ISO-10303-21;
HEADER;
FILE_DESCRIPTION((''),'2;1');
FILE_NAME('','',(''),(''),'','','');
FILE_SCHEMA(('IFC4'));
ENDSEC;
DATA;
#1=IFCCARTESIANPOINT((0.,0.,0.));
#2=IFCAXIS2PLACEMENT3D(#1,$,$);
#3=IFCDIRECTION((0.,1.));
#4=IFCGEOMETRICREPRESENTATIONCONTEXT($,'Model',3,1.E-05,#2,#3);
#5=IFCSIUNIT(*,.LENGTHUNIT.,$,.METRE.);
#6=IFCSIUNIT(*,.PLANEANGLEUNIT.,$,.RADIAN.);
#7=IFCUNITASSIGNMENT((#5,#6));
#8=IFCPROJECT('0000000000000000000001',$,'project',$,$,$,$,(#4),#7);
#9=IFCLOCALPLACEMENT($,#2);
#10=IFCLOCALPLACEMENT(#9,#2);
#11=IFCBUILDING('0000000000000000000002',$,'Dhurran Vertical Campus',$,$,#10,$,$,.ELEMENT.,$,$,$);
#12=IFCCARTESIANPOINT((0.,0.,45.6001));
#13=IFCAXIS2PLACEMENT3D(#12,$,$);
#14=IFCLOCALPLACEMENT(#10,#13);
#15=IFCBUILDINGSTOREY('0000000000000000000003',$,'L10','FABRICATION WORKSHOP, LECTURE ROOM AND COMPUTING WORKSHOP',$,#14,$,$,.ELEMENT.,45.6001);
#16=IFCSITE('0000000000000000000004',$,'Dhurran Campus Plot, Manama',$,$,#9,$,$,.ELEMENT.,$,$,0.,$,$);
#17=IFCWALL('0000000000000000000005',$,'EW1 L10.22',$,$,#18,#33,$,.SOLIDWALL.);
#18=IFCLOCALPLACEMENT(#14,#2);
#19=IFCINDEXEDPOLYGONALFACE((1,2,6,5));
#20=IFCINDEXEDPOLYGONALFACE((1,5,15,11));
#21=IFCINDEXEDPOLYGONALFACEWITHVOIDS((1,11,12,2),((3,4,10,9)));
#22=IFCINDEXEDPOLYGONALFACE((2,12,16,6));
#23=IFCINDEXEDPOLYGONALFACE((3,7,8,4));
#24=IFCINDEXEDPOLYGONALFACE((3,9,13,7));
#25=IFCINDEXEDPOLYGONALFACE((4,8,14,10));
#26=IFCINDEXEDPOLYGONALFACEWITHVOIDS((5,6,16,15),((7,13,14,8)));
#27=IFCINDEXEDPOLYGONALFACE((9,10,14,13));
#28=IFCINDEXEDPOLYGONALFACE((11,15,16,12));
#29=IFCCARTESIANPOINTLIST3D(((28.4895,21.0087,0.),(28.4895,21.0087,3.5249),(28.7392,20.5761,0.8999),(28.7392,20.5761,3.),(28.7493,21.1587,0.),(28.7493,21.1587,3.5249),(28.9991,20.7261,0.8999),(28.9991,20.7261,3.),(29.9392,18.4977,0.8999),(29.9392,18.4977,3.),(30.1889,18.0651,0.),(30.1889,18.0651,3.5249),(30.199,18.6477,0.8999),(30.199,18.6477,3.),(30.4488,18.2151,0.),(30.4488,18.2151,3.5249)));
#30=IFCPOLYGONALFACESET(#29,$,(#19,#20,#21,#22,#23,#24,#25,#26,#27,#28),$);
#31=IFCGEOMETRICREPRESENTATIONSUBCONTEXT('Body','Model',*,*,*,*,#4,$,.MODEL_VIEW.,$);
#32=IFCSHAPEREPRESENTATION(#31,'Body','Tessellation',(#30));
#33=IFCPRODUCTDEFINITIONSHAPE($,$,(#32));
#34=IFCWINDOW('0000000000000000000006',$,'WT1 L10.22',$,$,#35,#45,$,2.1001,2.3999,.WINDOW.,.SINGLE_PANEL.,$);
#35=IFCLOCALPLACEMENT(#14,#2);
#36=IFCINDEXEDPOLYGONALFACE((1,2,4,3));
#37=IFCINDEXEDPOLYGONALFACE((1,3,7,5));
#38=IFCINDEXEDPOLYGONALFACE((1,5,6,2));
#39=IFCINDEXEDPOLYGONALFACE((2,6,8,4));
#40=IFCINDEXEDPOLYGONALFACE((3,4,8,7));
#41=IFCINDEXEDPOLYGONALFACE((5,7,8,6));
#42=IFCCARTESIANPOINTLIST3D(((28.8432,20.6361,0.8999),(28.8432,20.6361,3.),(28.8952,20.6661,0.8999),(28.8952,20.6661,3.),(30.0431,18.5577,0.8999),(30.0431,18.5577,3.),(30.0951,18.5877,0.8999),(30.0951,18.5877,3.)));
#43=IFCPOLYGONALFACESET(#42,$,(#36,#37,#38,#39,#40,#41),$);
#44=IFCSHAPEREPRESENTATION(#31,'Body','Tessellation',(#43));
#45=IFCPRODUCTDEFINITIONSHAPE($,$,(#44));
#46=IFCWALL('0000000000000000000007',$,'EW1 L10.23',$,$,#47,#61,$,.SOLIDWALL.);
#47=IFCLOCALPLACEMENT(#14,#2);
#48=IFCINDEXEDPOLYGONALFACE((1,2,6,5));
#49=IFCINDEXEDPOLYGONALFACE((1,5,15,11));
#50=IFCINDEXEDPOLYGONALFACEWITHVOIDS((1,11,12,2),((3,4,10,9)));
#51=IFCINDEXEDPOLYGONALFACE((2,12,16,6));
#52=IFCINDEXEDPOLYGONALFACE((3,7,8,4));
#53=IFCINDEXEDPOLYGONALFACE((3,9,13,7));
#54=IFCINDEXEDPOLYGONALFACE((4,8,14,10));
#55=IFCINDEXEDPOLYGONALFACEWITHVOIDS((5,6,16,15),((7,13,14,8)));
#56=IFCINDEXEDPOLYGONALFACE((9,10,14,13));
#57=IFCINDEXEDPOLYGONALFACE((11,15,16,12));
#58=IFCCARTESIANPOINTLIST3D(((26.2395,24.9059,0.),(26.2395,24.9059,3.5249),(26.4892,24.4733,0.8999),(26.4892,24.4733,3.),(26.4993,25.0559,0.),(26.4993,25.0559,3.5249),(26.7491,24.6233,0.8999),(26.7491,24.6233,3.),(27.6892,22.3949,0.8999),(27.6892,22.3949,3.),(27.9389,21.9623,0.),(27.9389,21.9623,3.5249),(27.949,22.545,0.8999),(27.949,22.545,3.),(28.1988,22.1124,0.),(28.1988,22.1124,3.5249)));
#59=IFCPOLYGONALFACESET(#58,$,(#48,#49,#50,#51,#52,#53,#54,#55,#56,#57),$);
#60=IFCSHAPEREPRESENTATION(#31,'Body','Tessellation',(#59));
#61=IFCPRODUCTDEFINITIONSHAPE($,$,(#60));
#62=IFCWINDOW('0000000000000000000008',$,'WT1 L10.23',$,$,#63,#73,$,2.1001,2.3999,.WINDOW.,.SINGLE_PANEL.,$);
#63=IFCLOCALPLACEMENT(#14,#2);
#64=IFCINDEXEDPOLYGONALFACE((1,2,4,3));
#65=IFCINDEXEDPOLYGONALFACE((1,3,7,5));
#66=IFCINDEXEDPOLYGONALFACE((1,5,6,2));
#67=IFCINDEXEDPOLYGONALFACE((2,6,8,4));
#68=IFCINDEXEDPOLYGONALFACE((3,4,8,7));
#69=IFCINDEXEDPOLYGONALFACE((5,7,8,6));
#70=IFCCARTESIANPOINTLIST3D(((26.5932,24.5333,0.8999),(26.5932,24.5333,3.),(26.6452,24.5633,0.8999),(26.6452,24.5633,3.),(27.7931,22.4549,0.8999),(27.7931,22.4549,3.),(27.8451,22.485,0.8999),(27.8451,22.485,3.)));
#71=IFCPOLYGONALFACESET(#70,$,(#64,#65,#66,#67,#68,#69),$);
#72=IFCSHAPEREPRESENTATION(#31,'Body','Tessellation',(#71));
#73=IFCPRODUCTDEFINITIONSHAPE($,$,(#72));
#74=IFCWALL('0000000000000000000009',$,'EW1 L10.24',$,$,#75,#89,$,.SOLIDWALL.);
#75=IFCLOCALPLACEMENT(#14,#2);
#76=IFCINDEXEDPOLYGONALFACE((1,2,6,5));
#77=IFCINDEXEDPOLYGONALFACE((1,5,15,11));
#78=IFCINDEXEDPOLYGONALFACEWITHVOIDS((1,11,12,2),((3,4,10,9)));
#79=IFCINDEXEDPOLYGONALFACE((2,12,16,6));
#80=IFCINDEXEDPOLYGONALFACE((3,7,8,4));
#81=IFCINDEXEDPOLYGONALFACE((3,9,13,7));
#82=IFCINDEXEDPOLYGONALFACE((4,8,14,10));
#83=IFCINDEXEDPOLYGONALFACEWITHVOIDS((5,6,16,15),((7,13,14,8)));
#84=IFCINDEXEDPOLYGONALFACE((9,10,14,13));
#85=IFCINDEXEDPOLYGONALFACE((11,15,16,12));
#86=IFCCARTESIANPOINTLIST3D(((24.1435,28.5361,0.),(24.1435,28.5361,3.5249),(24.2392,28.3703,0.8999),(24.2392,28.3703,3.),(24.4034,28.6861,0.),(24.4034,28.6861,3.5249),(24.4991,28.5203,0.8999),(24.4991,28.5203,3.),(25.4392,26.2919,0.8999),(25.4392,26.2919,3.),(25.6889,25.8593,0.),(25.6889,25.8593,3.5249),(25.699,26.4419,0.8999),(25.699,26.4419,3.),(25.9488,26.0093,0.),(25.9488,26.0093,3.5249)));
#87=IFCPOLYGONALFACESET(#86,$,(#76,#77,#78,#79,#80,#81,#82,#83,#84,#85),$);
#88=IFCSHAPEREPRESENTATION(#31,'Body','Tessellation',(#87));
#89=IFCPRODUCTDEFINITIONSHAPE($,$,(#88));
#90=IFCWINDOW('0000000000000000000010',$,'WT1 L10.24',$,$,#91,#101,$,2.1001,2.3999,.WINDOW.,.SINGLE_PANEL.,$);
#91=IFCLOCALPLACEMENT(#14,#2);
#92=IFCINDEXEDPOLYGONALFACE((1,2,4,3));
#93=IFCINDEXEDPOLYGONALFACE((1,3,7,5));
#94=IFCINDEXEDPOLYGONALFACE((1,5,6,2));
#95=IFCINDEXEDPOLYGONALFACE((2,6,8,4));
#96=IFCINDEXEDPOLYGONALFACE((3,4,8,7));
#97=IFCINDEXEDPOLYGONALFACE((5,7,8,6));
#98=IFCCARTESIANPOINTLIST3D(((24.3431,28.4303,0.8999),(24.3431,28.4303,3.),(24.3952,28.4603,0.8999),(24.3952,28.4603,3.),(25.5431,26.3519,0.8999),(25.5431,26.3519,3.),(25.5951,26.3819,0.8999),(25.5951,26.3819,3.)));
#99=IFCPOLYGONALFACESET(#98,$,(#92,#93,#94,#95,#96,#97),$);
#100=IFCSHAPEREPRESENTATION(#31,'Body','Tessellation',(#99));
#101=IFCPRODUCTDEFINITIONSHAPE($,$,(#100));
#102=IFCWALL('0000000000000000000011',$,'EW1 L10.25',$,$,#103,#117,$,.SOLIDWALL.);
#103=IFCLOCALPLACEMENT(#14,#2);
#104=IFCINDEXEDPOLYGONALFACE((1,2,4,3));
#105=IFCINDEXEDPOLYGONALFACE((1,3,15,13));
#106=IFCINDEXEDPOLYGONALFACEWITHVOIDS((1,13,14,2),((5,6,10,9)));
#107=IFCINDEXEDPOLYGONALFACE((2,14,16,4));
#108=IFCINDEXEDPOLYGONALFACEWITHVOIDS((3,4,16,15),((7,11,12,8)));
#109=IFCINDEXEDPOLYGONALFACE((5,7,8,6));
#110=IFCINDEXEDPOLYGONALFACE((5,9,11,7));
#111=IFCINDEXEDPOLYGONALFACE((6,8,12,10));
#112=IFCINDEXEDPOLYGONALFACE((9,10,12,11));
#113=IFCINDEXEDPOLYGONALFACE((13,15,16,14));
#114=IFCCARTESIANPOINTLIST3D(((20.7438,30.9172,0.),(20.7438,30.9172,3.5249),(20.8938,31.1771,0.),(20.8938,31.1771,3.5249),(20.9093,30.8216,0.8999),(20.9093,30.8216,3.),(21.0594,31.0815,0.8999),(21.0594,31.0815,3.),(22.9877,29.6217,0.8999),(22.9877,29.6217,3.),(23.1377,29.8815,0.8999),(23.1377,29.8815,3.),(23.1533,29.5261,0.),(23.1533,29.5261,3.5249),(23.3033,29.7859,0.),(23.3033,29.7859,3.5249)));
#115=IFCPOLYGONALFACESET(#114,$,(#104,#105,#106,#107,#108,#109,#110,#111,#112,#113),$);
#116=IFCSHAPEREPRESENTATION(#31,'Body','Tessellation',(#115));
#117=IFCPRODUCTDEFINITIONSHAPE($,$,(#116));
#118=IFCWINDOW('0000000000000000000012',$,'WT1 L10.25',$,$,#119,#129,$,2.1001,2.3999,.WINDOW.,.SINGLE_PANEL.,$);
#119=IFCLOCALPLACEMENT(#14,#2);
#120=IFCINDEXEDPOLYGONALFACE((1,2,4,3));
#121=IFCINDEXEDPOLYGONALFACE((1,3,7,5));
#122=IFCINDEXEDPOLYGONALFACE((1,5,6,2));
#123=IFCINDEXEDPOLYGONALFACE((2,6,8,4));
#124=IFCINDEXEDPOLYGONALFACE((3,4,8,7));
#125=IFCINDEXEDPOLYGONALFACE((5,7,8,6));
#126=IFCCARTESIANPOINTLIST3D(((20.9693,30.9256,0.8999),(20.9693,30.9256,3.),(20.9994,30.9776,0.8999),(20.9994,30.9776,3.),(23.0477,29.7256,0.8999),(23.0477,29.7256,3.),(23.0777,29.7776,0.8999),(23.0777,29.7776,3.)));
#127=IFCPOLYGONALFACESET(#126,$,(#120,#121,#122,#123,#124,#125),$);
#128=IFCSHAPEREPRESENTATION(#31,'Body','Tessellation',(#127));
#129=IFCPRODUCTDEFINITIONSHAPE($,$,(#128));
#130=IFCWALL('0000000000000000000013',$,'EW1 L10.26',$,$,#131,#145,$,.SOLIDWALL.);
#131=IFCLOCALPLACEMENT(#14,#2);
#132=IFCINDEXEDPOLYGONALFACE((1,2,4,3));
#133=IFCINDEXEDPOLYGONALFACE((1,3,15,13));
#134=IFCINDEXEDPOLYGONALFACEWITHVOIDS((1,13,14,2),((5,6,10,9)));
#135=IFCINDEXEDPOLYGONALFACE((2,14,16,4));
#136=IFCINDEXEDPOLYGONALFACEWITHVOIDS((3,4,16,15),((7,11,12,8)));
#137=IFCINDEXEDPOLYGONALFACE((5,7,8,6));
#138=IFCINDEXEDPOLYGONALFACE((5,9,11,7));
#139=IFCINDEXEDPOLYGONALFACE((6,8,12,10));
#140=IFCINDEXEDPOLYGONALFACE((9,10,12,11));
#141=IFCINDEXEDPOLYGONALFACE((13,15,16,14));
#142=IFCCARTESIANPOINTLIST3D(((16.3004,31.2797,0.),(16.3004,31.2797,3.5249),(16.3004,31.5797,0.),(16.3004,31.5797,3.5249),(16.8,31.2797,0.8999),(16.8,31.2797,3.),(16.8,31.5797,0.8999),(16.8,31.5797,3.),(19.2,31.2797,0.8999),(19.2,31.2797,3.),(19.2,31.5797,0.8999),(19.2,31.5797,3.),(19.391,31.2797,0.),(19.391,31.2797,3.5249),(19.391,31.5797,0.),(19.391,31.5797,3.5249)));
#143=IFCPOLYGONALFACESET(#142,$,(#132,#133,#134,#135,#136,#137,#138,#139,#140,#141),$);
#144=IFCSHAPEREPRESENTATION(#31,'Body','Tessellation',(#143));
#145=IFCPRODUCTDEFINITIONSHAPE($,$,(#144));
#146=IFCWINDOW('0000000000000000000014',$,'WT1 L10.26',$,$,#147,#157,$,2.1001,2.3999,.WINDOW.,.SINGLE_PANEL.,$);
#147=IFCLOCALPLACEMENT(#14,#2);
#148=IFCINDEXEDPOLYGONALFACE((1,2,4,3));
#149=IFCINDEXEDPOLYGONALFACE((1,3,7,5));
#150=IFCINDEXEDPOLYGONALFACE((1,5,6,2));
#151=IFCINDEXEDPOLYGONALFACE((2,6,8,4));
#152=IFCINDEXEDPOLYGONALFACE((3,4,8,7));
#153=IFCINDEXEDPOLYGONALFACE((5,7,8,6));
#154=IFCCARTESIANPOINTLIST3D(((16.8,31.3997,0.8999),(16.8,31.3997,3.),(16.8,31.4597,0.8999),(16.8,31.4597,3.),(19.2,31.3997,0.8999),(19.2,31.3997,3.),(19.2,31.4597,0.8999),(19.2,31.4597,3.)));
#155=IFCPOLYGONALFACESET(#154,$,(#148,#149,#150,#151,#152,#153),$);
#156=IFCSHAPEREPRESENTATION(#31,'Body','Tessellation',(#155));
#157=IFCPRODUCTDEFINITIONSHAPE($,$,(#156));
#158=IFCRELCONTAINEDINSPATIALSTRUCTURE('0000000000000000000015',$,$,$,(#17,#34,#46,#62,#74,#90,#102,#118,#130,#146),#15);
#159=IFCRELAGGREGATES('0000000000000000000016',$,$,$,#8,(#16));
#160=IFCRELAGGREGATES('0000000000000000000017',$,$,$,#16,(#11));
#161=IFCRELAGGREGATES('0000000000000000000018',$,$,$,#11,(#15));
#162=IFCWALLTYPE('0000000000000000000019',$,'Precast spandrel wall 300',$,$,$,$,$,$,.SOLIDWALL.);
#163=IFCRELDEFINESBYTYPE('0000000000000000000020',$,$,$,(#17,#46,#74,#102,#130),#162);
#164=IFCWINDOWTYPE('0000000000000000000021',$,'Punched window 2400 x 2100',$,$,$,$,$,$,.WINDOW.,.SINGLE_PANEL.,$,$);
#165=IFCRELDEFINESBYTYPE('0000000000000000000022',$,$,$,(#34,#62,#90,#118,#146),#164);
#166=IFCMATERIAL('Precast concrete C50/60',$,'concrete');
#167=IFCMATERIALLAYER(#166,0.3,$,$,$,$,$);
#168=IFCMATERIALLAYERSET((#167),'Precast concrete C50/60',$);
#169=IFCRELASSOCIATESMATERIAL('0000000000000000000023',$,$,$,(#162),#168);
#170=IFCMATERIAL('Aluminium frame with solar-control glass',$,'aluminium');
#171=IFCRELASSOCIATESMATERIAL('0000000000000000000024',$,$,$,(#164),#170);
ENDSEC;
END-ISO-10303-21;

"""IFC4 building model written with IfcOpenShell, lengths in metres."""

from ifc_helpers import new_model, si_unit, direction, frame, frame_2d, origin, place, context, subcontext, project, spatial, rectangle, extrude, material, layer, layer_set, type_object, element, fill, save


model = new_model("IFC4")

# Units and contexts
model_context = context("Model", 3, precision=1e-05, world=origin(), true_north=direction((0.0, 1.0)))
body_context = subcontext(model_context, "Body", "Model", "MODEL_VIEW")
ifc_project = project(units=[si_unit("LENGTHUNIT", "METRE"), si_unit("PLANEANGLEUNIT", "RADIAN")], contexts=[model_context])

# Site, building, storey
site_placement = place(None, origin())
site = spatial("IfcSite", under=ifc_project, at=site_placement, Name="Dhurran Campus Plot, Manama", CompositionType="ELEMENT", RefElevation=0.0)
building_placement = place(site_placement, origin())
building = spatial("IfcBuilding", under=site, at=building_placement, Name="Dhurran Vertical Campus", CompositionType="ELEMENT")
storey_placement = place(building_placement, frame((0.0, 0.0, 45.6001)))
storey = spatial("IfcBuildingStorey", under=building, at=storey_placement, Name="L10", Description="FABRICATION WORKSHOP, LECTURE ROOM AND COMPUTING WORKSHOP", CompositionType="ELEMENT", Elevation=45.6001)

# Walls, openings, windows
ifc_material_1 = material(Name="Precast concrete C50/60", Category="concrete")
ifc_layer_1 = layer(ifc_material_1, 0.3)
ifc_layer_set_1 = layer_set([ifc_layer_1], Name="Precast concrete C50/60")
wall_type_1 = type_object("IfcWallType", Name="Precast spandrel wall 300", PredefinedType="SOLIDWALL", material=ifc_layer_set_1)
ifc_material_2 = material(Name="Aluminium frame with solar-control glass", Category="aluminium")
window_type = type_object("IfcWindowType", Name="Punched window 2400 x 2100", PartitioningType="SINGLE_PANEL", PredefinedType="WINDOW", material=ifc_material_2)
wall_1_placement = place(storey_placement, frame((30.3188, 18.1401, 0.0), z_axis=(0.0, 0.0, 1.0), x_axis=(-0.499994, 0.866029, 0.0)))
wall_1 = element("IfcWall", 1, at=wall_1_placement, inside=storey, type_object=wall_type_1, Name="EW1 L10.22", PredefinedType="SOLIDWALL", context=body_context, shape_type="SweptSolid", body=[
    extrude(rectangle(XDim=3.3989, YDim=0.3, at=frame_2d((1.6995, 0.0))), origin(), (0.0, 0.0, 1.0), 3.5249),
])
opening_1_placement = place(wall_1_placement, frame((0.4995, 0.0, 0.8999)))
opening_1 = element("IfcOpeningElement", 2, at=opening_1_placement, cuts=wall_1, PredefinedType="OPENING", context=body_context, shape_type="SweptSolid", body=[
    extrude(rectangle(XDim=2.3999, YDim=2.1001, at=frame_2d((1.2, 1.05))), frame((0.0, 0.1599, 0.0), z_axis=(0.0, -1.0, 0.0), x_axis=(1.0, 0.0, 0.0)), (0.0, 0.0, 1.0), 0.3201),
])
window_1_placement = place(opening_1_placement, origin())
window_1 = element("IfcWindow", 3, at=window_1_placement, inside=storey, type_object=window_type, Name="WT1 L10.22", OverallHeight=2.1001, OverallWidth=2.3999, PartitioningType="SINGLE_PANEL", PredefinedType="WINDOW", context=body_context, shape_type="SweptSolid", body=[
    extrude(rectangle(XDim=2.3999, YDim=2.1001, at=frame_2d((1.2, 1.05))), frame((0.0, 0.03, 0.0), z_axis=(0.0, -1.0, 0.0), x_axis=(1.0, 0.0, 0.0)), (0.0, 0.0, 1.0), 0.0601),
])
fill(opening_1, window_1)
wall_2_placement = place(storey_placement, frame((28.0688, 22.0374, 0.0), z_axis=(0.0, 0.0, 1.0), x_axis=(-0.499994, 0.866029, 0.0)))
wall_2 = element("IfcWall", 4, at=wall_2_placement, inside=storey, type_object=wall_type_1, Name="EW1 L10.23", PredefinedType="SOLIDWALL", context=body_context, shape_type="SweptSolid", body=[
    extrude(rectangle(XDim=3.3989, YDim=0.3, at=frame_2d((1.6995, 0.0))), origin(), (0.0, 0.0, 1.0), 3.5249),
])
opening_2_placement = place(wall_2_placement, frame((0.4995, 0.0, 0.8999)))
opening_2 = element("IfcOpeningElement", 5, at=opening_2_placement, cuts=wall_2, PredefinedType="OPENING", context=body_context, shape_type="SweptSolid", body=[
    extrude(rectangle(XDim=2.3999, YDim=2.1001, at=frame_2d((1.2, 1.05))), frame((0.0, 0.1599, 0.0), z_axis=(0.0, -1.0, 0.0), x_axis=(1.0, 0.0, 0.0)), (0.0, 0.0, 1.0), 0.3201),
])
window_2_placement = place(opening_2_placement, origin())
window_2 = element("IfcWindow", 6, at=window_2_placement, inside=storey, type_object=window_type, Name="WT1 L10.23", OverallHeight=2.1001, OverallWidth=2.3999, PartitioningType="SINGLE_PANEL", PredefinedType="WINDOW", context=body_context, shape_type="SweptSolid", body=[
    extrude(rectangle(XDim=2.3999, YDim=2.1001, at=frame_2d((1.2, 1.05))), frame((0.0, 0.03, 0.0), z_axis=(0.0, -1.0, 0.0), x_axis=(1.0, 0.0, 0.0)), (0.0, 0.0, 1.0), 0.0601),
])
fill(opening_2, window_2)
wall_3_placement = place(storey_placement, frame((25.8188, 25.9343, 0.0), z_axis=(0.0, 0.0, 1.0), x_axis=(-0.499996, 0.866028, 0.0)))
wall_3 = element("IfcWall", 7, at=wall_3_placement, inside=storey, type_object=wall_type_1, Name="EW1 L10.24", PredefinedType="SOLIDWALL", context=body_context, shape_type="SweptSolid", body=[
    extrude(rectangle(XDim=3.0908, YDim=0.3, at=frame_2d((1.5454, 0.0))), origin(), (0.0, 0.0, 1.0), 3.5249),
])
opening_3_placement = place(wall_3_placement, frame((0.4995, 0.0, 0.8999)))
opening_3 = element("IfcOpeningElement", 8, at=opening_3_placement, cuts=wall_3, PredefinedType="OPENING", context=body_context, shape_type="SweptSolid", body=[
    extrude(rectangle(XDim=2.3999, YDim=2.1001, at=frame_2d((1.2, 1.05))), frame((0.0, 0.1599, 0.0), z_axis=(0.0, -1.0, 0.0), x_axis=(1.0, 0.0, 0.0)), (0.0, 0.0, 1.0), 0.3201),
])
window_3_placement = place(opening_3_placement, origin())
window_3 = element("IfcWindow", 9, at=window_3_placement, inside=storey, type_object=window_type, Name="WT1 L10.24", OverallHeight=2.1001, OverallWidth=2.3999, PartitioningType="SINGLE_PANEL", PredefinedType="WINDOW", context=body_context, shape_type="SweptSolid", body=[
    extrude(rectangle(XDim=2.3999, YDim=2.1001, at=frame_2d((1.2, 1.05))), frame((0.0, 0.03, 0.0), z_axis=(0.0, -1.0, 0.0), x_axis=(1.0, 0.0, 0.0)), (0.0, 0.0, 1.0), 0.0601),
])
fill(opening_3, window_3)
wall_4_placement = place(storey_placement, frame((23.2283, 29.656, 0.0), z_axis=(0.0, 0.0, 1.0), x_axis=(-0.86602, 0.500009, 0.0)))
wall_4 = element("IfcWall", 10, at=wall_4_placement, inside=storey, type_object=wall_type_1, Name="EW1 L10.25", PredefinedType="SOLIDWALL", context=body_context, shape_type="SweptSolid", body=[
    extrude(rectangle(XDim=2.7822, YDim=0.3, at=frame_2d((1.3911, 0.0))), origin(), (0.0, 0.0, 1.0), 3.5249),
])
opening_4_placement = place(wall_4_placement, frame((0.1912, 0.0, 0.8999)))
opening_4 = element("IfcOpeningElement", 11, at=opening_4_placement, cuts=wall_4, PredefinedType="OPENING", context=body_context, shape_type="SweptSolid", body=[
    extrude(rectangle(XDim=2.3999, YDim=2.1001, at=frame_2d((1.2, 1.05))), frame((0.0, 0.1599, 0.0), z_axis=(0.0, -1.0, 0.0), x_axis=(1.0, 0.0, 0.0)), (0.0, 0.0, 1.0), 0.3201),
])
window_4_placement = place(opening_4_placement, origin())
window_4 = element("IfcWindow", 12, at=window_4_placement, inside=storey, type_object=window_type, Name="WT1 L10.25", OverallHeight=2.1001, OverallWidth=2.3999, PartitioningType="SINGLE_PANEL", PredefinedType="WINDOW", context=body_context, shape_type="SweptSolid", body=[
    extrude(rectangle(XDim=2.3999, YDim=2.1001, at=frame_2d((1.2, 1.05))), frame((0.0, 0.03, 0.0), z_axis=(0.0, -1.0, 0.0), x_axis=(1.0, 0.0, 0.0)), (0.0, 0.0, 1.0), 0.0601),
])
fill(opening_4, window_4)
wall_5_placement = place(storey_placement, frame((19.3911, 31.4297, 0.0), z_axis=(0.0, 0.0, 1.0), x_axis=(-1.0, 0.0, 0.0)))
wall_5 = element("IfcWall", 13, at=wall_5_placement, inside=storey, type_object=wall_type_1, Name="EW1 L10.26", PredefinedType="SOLIDWALL", context=body_context, shape_type="SweptSolid", body=[
    extrude(rectangle(XDim=3.0906, YDim=0.3, at=frame_2d((1.5454, 0.0))), origin(), (0.0, 0.0, 1.0), 3.5249),
])
opening_5_placement = place(wall_5_placement, frame((0.1912, 0.0, 0.8999)))
opening_5 = element("IfcOpeningElement", 14, at=opening_5_placement, cuts=wall_5, PredefinedType="OPENING", context=body_context, shape_type="SweptSolid", body=[
    extrude(rectangle(XDim=2.3999, YDim=2.1001, at=frame_2d((1.2, 1.05))), frame((0.0, 0.1599, 0.0), z_axis=(0.0, -1.0, 0.0), x_axis=(1.0, 0.0, 0.0)), (0.0, 0.0, 1.0), 0.3201),
])
window_5_placement = place(opening_5_placement, origin())
window_5 = element("IfcWindow", 15, at=window_5_placement, inside=storey, type_object=window_type, Name="WT1 L10.26", OverallHeight=2.1001, OverallWidth=2.3999, PartitioningType="SINGLE_PANEL", PredefinedType="WINDOW", context=body_context, shape_type="SweptSolid", body=[
    extrude(rectangle(XDim=2.3999, YDim=2.1001, at=frame_2d((1.2, 1.05))), frame((0.0, 0.03, 0.0), z_axis=(0.0, -1.0, 0.0), x_axis=(1.0, 0.0, 0.0)), (0.0, 0.0, 1.0), 0.0601),
])
fill(opening_5, window_5)

save(model, "model.ifc")
